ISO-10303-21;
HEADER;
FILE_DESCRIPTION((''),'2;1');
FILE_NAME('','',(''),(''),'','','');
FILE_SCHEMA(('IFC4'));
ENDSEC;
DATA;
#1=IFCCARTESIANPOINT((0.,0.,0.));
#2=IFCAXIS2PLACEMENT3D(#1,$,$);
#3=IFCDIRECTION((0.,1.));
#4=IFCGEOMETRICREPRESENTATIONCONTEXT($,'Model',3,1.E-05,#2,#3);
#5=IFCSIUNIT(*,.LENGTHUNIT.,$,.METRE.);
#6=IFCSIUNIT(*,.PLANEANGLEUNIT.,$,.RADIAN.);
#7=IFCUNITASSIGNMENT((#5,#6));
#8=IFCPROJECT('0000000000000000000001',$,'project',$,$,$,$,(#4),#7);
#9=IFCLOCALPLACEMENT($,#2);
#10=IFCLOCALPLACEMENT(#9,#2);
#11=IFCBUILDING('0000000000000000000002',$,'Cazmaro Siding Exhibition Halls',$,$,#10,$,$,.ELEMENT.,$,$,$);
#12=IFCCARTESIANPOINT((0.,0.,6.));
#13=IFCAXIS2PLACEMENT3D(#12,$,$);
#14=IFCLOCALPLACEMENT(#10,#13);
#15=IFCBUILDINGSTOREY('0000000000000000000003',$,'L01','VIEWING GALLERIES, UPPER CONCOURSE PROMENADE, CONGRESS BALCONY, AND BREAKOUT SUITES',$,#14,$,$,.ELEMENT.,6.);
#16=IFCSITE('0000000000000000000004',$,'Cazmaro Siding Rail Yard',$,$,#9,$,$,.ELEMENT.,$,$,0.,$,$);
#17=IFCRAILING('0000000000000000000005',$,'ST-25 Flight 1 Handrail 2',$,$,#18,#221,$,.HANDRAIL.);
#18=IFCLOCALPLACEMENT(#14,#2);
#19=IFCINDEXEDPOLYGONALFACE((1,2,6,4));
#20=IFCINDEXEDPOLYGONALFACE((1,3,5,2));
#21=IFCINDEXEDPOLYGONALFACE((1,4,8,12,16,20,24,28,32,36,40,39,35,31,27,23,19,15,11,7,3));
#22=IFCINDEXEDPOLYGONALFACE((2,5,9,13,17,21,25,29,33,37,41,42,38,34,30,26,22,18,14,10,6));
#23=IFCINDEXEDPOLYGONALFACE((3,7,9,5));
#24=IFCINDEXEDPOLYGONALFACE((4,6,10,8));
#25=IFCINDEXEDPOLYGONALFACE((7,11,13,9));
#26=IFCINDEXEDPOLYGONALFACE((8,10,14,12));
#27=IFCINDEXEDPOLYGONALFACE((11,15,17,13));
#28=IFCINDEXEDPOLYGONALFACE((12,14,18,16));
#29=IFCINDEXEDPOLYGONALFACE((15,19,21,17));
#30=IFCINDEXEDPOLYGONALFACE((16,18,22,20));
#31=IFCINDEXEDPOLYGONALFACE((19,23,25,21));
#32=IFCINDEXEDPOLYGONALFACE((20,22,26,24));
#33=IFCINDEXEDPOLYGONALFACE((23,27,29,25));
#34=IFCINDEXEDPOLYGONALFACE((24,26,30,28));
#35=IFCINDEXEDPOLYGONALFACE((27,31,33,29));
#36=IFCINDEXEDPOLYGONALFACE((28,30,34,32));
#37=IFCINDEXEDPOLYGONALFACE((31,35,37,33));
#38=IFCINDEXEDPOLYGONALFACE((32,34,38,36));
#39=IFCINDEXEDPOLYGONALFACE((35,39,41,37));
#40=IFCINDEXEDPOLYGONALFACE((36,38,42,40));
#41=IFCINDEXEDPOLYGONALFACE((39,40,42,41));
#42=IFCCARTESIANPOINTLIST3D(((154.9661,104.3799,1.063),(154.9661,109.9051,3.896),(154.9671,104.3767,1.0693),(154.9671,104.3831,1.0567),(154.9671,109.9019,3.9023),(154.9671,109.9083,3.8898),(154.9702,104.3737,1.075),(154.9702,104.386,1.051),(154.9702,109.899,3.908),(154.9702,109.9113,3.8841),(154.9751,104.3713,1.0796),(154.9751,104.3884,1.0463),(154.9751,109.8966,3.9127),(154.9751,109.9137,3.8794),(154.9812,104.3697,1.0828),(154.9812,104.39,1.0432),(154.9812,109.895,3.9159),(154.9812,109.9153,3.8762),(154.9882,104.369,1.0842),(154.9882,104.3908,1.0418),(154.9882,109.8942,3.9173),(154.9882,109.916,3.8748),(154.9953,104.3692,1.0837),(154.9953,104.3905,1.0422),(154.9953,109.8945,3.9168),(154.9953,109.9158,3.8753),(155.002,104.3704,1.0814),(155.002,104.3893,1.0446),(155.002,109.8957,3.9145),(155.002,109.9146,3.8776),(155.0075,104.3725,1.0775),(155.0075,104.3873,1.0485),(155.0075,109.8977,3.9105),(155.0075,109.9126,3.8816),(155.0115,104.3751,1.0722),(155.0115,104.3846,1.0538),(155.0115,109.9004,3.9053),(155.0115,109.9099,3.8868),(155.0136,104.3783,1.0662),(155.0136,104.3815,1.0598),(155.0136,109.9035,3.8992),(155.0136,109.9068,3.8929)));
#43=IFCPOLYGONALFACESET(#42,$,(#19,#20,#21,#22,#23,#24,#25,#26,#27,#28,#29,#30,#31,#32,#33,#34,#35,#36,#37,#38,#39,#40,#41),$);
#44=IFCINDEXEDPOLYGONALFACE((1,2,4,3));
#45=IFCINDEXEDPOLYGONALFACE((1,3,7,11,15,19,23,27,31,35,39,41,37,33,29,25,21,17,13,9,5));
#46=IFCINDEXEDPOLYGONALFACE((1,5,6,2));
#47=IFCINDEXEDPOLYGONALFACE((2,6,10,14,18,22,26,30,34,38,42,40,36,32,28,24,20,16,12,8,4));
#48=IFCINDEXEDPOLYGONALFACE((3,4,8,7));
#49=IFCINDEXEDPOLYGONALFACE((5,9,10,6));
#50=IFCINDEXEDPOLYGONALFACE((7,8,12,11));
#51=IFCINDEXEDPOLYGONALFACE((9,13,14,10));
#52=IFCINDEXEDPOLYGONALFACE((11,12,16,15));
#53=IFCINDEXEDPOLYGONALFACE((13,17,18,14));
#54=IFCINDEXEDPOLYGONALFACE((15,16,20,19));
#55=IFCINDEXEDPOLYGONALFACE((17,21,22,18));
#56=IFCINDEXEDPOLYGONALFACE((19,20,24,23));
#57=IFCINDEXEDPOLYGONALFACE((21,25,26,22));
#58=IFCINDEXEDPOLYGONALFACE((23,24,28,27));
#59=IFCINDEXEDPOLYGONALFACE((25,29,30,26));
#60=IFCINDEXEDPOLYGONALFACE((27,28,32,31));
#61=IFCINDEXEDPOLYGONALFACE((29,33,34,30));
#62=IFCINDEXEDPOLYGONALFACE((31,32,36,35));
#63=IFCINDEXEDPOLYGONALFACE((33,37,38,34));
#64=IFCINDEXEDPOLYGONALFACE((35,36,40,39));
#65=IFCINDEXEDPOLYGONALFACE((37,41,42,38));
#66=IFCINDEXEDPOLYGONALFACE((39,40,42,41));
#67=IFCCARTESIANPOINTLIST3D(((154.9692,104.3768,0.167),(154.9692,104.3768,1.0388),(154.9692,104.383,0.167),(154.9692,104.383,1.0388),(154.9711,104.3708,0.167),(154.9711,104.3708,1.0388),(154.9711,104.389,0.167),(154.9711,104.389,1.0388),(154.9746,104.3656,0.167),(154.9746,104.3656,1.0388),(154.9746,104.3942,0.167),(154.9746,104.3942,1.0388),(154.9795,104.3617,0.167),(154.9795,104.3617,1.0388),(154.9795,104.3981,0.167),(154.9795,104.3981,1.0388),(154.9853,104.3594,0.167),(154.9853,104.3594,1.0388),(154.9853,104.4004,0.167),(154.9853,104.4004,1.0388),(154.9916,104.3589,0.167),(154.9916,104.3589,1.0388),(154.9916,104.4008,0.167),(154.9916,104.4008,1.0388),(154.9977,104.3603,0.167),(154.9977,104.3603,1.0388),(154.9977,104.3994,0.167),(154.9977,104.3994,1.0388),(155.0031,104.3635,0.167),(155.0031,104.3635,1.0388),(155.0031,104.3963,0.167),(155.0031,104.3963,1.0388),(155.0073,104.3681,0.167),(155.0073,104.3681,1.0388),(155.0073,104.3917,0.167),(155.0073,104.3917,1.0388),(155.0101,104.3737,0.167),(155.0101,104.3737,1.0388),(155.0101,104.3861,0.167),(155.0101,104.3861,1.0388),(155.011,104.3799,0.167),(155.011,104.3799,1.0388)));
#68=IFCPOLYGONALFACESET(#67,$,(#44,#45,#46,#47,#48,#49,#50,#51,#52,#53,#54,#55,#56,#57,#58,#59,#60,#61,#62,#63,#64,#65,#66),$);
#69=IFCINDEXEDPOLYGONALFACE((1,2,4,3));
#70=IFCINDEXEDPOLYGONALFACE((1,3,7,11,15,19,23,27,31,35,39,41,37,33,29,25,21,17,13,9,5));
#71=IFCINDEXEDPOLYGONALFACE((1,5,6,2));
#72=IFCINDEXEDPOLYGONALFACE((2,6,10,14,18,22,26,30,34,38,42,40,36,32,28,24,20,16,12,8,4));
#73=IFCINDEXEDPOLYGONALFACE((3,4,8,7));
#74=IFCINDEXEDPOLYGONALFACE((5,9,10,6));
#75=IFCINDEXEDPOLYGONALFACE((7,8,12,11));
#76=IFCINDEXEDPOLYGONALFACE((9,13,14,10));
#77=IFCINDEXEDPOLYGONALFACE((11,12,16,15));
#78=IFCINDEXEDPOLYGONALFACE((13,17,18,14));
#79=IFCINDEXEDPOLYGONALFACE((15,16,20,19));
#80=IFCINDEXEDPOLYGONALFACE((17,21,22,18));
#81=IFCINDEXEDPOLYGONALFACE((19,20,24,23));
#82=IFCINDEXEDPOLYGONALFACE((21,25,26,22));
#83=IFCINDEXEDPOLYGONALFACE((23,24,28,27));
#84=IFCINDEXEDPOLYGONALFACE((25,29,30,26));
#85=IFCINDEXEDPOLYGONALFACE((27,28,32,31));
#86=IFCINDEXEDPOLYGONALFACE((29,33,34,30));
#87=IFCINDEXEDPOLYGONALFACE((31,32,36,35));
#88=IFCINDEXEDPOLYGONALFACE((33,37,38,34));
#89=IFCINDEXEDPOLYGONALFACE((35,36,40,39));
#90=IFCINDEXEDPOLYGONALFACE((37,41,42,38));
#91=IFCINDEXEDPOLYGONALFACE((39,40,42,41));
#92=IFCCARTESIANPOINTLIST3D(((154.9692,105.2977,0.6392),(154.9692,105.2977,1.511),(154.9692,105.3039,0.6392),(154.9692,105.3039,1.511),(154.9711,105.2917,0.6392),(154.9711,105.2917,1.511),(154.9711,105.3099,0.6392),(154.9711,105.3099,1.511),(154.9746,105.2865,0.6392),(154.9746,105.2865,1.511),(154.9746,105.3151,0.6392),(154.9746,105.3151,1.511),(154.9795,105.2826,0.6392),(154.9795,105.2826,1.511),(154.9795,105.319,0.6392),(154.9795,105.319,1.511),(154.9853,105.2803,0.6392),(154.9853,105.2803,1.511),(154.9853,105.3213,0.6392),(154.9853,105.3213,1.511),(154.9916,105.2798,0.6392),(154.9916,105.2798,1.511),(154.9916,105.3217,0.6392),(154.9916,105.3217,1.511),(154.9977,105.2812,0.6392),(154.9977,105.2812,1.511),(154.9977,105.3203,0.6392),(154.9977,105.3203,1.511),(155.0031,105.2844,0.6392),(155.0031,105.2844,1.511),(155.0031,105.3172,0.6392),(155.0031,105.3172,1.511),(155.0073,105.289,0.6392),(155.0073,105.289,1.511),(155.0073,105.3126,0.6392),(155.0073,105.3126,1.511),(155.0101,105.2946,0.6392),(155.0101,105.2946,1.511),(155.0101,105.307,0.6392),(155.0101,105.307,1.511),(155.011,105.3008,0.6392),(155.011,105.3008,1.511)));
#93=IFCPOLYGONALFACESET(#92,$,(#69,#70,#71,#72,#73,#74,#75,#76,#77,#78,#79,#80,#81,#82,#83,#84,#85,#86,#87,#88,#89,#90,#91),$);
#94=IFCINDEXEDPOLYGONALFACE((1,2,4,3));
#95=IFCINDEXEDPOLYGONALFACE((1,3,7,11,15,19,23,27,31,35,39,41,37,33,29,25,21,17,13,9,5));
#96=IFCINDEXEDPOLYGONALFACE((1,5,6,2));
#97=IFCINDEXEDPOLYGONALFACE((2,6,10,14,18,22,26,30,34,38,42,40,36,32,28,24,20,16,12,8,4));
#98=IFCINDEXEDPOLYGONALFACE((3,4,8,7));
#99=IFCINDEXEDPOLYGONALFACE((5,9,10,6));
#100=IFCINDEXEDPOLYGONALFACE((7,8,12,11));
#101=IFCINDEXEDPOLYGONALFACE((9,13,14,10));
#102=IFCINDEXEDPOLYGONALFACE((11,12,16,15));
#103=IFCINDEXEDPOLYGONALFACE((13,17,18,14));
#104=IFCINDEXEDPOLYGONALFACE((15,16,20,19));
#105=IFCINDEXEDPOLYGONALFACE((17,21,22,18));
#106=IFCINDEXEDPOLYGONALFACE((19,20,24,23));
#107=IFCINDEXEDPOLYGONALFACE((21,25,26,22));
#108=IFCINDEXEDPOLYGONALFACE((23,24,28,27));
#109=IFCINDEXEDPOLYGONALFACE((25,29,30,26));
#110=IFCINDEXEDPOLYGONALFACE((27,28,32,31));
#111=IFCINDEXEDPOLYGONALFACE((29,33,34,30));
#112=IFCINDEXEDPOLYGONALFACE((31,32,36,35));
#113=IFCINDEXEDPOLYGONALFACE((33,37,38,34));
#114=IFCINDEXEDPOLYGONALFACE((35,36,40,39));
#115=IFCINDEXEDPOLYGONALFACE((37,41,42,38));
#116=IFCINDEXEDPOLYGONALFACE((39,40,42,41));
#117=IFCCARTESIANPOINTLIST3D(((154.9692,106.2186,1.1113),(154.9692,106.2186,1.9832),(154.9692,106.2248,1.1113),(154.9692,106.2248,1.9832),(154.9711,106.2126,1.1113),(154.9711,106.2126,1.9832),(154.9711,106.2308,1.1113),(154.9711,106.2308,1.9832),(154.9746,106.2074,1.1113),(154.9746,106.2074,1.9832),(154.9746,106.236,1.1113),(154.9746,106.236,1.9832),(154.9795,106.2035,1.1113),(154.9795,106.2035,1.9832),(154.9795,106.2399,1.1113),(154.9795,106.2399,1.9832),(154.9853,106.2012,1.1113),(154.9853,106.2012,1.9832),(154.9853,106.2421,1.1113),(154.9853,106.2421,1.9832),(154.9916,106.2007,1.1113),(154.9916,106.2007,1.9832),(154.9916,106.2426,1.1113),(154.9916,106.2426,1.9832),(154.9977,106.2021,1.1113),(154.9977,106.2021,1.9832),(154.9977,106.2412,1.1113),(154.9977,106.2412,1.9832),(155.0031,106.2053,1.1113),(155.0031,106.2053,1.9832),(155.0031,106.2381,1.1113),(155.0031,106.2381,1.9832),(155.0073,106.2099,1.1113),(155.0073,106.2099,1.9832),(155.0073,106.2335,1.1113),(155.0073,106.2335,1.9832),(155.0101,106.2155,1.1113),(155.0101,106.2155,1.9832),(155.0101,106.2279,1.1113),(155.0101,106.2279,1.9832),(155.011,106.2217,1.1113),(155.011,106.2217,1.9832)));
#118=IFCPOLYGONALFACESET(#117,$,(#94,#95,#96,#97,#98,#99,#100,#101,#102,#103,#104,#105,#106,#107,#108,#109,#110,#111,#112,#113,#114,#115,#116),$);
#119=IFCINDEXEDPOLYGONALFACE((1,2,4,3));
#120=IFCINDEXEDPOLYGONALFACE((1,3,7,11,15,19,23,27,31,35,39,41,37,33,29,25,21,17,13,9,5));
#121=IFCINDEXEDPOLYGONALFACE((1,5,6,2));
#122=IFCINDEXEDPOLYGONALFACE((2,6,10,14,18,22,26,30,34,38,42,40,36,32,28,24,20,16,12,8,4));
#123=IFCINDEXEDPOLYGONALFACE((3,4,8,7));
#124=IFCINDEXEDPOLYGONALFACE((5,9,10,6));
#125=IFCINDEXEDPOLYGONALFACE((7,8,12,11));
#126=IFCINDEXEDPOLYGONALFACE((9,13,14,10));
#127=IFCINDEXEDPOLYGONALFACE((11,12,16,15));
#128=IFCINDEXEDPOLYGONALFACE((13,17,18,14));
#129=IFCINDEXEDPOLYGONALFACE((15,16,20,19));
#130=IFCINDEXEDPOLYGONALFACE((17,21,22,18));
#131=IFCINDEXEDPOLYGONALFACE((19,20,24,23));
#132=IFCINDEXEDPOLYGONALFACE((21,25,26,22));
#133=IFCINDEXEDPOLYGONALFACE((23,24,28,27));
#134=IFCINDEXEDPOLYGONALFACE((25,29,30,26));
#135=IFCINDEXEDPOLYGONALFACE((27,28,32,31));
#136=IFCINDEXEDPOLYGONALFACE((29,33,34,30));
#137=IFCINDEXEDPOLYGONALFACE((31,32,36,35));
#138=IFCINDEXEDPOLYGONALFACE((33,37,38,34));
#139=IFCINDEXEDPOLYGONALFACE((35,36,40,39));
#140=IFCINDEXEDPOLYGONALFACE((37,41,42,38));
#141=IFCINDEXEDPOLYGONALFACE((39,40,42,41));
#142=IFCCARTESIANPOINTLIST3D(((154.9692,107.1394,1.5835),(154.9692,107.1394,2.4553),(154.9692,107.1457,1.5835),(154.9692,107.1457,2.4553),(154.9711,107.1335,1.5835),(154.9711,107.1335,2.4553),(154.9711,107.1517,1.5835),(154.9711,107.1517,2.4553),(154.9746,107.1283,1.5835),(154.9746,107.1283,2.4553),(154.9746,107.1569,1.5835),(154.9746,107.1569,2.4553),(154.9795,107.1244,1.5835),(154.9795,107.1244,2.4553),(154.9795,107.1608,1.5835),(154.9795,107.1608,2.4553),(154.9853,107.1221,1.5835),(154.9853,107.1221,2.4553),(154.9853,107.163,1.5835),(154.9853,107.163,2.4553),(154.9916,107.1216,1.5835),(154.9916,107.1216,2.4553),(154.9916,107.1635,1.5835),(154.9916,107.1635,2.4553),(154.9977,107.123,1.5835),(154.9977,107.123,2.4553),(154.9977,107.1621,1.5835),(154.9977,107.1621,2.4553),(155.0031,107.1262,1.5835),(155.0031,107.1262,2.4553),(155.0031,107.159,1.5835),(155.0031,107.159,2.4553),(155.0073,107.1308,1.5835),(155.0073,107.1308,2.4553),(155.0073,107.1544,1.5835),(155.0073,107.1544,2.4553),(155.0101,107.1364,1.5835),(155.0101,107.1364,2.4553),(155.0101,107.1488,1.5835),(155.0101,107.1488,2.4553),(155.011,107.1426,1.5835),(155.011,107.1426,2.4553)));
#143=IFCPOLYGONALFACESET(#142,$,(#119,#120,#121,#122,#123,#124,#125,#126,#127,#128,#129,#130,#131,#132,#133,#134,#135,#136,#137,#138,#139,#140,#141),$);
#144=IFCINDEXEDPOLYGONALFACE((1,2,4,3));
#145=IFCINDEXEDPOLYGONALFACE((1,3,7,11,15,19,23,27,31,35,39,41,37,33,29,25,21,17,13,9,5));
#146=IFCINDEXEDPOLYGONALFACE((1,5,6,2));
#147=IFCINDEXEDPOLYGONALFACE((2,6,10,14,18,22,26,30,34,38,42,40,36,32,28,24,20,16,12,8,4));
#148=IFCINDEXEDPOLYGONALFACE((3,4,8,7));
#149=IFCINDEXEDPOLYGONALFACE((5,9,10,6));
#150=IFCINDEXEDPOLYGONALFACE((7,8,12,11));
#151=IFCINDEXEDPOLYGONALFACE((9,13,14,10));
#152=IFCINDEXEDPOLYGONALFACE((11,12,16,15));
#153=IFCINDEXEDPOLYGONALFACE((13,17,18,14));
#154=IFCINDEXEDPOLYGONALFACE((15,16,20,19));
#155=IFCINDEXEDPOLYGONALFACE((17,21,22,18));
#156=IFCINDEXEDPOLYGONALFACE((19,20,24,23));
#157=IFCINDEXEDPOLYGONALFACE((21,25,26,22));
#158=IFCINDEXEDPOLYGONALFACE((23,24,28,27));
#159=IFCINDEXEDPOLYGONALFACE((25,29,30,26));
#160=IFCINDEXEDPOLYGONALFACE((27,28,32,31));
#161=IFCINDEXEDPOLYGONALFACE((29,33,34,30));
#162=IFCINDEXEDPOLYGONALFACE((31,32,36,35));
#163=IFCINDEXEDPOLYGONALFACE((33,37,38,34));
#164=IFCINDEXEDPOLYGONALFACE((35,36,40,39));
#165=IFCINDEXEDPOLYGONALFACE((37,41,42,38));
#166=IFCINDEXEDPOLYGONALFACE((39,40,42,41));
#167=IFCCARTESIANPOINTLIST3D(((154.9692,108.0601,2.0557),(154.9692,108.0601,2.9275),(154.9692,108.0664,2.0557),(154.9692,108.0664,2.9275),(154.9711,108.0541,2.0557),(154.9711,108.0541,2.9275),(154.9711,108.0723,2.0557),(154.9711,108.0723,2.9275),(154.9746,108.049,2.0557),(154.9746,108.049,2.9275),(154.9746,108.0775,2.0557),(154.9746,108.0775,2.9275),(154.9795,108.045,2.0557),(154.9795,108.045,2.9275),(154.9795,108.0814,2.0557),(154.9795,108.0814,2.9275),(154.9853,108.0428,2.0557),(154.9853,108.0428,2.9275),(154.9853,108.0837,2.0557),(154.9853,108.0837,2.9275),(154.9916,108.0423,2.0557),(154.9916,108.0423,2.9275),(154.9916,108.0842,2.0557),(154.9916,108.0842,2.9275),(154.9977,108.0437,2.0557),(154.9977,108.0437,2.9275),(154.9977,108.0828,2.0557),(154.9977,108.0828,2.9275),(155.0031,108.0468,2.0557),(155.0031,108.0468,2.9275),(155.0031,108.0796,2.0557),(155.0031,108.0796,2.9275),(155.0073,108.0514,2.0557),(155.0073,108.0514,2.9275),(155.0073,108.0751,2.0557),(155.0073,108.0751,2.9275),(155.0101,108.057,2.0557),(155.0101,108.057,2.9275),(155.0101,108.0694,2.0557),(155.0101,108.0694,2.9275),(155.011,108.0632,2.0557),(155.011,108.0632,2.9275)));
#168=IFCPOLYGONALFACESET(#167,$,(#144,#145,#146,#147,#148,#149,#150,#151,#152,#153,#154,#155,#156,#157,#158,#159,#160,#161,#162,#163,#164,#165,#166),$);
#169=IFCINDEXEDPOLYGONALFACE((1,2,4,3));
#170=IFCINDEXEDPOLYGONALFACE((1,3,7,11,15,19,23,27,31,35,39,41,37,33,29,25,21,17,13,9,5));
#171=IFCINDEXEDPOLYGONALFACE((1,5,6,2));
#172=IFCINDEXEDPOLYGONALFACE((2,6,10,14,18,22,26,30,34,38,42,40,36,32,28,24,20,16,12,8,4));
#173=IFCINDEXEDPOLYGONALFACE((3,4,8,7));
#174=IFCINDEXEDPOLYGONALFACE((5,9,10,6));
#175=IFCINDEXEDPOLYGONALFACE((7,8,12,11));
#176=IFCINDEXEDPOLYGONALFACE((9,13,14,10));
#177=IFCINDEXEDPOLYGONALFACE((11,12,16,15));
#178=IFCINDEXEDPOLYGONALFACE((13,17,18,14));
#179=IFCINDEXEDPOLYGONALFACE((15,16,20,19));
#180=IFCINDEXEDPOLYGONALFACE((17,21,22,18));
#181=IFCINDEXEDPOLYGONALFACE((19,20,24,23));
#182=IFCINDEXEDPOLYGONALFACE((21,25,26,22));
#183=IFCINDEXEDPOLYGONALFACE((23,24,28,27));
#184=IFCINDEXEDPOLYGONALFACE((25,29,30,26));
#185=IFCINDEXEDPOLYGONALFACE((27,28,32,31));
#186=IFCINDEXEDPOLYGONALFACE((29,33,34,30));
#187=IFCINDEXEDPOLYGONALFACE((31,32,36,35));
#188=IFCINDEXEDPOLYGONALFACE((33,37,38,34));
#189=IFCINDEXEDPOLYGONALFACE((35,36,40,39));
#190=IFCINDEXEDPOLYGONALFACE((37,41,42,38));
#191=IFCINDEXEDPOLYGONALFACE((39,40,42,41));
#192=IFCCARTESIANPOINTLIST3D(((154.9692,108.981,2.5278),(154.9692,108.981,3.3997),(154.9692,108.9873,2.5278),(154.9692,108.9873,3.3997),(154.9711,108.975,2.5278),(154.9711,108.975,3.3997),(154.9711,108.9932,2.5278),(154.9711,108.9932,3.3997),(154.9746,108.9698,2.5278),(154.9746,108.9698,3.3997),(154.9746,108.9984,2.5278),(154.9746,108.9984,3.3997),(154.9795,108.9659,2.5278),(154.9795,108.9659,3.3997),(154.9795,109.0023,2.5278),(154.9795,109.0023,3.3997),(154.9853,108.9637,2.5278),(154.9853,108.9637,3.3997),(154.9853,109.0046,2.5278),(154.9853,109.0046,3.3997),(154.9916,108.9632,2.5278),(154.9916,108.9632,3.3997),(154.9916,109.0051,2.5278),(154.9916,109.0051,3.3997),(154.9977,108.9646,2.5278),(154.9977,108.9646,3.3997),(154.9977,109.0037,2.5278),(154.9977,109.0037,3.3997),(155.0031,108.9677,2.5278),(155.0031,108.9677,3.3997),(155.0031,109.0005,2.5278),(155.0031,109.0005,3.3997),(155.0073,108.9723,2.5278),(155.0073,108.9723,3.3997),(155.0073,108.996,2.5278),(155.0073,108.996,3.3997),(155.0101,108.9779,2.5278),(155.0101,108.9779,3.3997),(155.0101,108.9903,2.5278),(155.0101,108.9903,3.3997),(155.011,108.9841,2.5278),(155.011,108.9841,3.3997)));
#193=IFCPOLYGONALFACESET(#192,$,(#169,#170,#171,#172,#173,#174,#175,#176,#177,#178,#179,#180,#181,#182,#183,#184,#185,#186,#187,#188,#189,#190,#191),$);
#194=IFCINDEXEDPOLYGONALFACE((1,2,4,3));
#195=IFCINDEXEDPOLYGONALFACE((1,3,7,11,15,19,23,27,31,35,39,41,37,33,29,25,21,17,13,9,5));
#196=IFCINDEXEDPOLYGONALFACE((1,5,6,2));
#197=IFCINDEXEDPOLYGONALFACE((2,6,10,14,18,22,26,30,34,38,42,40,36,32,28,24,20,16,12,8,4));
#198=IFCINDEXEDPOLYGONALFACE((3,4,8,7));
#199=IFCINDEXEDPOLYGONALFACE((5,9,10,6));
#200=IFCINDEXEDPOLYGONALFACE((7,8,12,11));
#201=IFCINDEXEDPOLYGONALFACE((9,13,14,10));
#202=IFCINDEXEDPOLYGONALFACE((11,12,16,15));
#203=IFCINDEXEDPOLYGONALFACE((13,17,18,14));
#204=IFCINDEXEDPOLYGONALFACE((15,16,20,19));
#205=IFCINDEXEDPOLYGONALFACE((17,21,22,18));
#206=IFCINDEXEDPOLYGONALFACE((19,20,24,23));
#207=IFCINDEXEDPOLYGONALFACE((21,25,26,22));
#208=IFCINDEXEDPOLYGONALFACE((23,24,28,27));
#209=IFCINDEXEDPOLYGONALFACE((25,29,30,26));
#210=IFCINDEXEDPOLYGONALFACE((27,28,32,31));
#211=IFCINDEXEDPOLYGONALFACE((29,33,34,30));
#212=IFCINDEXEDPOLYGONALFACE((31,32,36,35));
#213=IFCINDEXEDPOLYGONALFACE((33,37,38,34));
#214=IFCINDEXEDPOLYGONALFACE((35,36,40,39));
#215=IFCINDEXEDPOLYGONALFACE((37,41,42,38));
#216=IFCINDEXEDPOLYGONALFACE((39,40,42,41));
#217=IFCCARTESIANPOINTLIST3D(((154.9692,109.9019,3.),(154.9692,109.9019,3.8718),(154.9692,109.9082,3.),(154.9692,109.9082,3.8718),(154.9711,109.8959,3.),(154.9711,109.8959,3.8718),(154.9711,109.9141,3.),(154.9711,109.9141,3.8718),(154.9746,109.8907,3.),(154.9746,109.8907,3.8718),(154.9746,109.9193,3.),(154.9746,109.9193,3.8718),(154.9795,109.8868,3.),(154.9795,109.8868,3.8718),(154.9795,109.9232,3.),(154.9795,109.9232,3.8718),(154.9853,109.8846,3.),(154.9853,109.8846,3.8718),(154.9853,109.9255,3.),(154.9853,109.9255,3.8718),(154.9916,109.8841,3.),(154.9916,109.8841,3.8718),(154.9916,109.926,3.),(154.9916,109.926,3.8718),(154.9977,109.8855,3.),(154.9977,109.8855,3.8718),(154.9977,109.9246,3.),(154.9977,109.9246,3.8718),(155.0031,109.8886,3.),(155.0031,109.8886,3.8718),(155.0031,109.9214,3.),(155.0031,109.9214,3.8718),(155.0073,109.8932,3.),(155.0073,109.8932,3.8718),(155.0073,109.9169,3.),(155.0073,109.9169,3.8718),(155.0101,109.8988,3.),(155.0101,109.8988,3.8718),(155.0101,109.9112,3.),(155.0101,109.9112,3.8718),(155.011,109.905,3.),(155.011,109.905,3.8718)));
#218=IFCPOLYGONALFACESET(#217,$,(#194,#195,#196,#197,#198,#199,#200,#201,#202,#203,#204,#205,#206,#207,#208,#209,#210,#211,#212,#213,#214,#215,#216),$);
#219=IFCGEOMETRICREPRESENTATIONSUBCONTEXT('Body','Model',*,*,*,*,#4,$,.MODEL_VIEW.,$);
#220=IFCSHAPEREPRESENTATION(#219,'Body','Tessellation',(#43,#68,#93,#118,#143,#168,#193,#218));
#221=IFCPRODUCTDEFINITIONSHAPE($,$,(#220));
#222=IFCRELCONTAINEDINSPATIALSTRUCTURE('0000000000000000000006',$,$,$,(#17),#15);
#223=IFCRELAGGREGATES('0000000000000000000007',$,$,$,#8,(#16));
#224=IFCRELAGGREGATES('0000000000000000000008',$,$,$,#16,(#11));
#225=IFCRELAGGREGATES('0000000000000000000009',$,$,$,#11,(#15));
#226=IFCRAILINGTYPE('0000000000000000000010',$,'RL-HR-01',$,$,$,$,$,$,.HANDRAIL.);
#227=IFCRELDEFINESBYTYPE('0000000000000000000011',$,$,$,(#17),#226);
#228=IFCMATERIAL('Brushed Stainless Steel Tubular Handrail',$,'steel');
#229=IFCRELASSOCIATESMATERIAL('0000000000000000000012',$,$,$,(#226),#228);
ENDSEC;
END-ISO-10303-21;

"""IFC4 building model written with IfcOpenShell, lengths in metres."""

from ifc_helpers import new_model, si_unit, direction, frame, origin, origin_2d, place, context, subcontext, project, spatial, circle, extrude, material, type_object, element, save


model = new_model("IFC4")

# Units and contexts
model_context = context("Model", 3, precision=1e-05, world=origin(), true_north=direction((0.0, 1.0)))
body_context = subcontext(model_context, "Body", "Model", "MODEL_VIEW")
ifc_project = project(units=[si_unit("LENGTHUNIT", "METRE"), si_unit("PLANEANGLEUNIT", "RADIAN")], contexts=[model_context])

# Site, building, storey
site_placement = place(None, origin())
site = spatial("IfcSite", under=ifc_project, at=site_placement, Name="Cazmaro Siding Rail Yard", CompositionType="ELEMENT", RefElevation=0.0)
building_placement = place(site_placement, origin())
building = spatial("IfcBuilding", under=site, at=building_placement, Name="Cazmaro Siding Exhibition Halls", CompositionType="ELEMENT")
storey_placement = place(building_placement, frame((0.0, 0.0, 6.0)))
storey = spatial("IfcBuildingStorey", under=building, at=storey_placement, Name="L01", Description="VIEWING GALLERIES, UPPER CONCOURSE PROMENADE, CONGRESS BALCONY, AND BREAKOUT SUITES", CompositionType="ELEMENT", Elevation=6.0)

# Railing
ifc_material_1 = material(Name="Brushed Stainless Steel Tubular Handrail", Category="steel")
railing_type_1 = type_object("IfcRailingType", Name="RL-HR-01", PredefinedType="HANDRAIL", material=ifc_material_1)
railing_1_placement = place(storey_placement, frame((154.99, 104.3799, 0.167)))
element("IfcRailing", 1, at=railing_1_placement, inside=storey, type_object=railing_type_1, Name="ST-25 Flight 1 Handrail 2", PredefinedType="HANDRAIL", context=body_context, shape_type="SweptSolid", body=[
    extrude(circle(Radius=0.0239, at=origin_2d()), frame((0.0, 0.0, 0.896), z_axis=(0.0, 0.889844, 0.456266), x_axis=(-1.0, 0.0, 0.0)), (0.0, 0.0, 1.0), 6.2092),
    extrude(circle(Radius=0.021, at=origin_2d()), origin(), (0.0, 0.0, 1.0), 0.8718),
    extrude(circle(Radius=0.021, at=origin_2d()), frame((0.0, 0.9209, 0.4722)), (0.0, 0.0, 1.0), 0.8718),
    extrude(circle(Radius=0.021, at=origin_2d()), frame((0.0, 1.8418, 0.9443)), (0.0, 0.0, 1.0), 0.8718),
    extrude(circle(Radius=0.021, at=origin_2d()), frame((0.0, 2.7627, 1.4165)), (0.0, 0.0, 1.0), 0.8718),
    extrude(circle(Radius=0.021, at=origin_2d()), frame((0.0, 3.6833, 1.8887)), (0.0, 0.0, 1.0), 0.8718),
    extrude(circle(Radius=0.021, at=origin_2d()), frame((0.0, 4.6042, 2.3608)), (0.0, 0.0, 1.0), 0.8718),
    extrude(circle(Radius=0.021, at=origin_2d()), frame((0.0, 5.5251, 2.833)), (0.0, 0.0, 1.0), 0.8718),
])

save(model, "model.ifc")
